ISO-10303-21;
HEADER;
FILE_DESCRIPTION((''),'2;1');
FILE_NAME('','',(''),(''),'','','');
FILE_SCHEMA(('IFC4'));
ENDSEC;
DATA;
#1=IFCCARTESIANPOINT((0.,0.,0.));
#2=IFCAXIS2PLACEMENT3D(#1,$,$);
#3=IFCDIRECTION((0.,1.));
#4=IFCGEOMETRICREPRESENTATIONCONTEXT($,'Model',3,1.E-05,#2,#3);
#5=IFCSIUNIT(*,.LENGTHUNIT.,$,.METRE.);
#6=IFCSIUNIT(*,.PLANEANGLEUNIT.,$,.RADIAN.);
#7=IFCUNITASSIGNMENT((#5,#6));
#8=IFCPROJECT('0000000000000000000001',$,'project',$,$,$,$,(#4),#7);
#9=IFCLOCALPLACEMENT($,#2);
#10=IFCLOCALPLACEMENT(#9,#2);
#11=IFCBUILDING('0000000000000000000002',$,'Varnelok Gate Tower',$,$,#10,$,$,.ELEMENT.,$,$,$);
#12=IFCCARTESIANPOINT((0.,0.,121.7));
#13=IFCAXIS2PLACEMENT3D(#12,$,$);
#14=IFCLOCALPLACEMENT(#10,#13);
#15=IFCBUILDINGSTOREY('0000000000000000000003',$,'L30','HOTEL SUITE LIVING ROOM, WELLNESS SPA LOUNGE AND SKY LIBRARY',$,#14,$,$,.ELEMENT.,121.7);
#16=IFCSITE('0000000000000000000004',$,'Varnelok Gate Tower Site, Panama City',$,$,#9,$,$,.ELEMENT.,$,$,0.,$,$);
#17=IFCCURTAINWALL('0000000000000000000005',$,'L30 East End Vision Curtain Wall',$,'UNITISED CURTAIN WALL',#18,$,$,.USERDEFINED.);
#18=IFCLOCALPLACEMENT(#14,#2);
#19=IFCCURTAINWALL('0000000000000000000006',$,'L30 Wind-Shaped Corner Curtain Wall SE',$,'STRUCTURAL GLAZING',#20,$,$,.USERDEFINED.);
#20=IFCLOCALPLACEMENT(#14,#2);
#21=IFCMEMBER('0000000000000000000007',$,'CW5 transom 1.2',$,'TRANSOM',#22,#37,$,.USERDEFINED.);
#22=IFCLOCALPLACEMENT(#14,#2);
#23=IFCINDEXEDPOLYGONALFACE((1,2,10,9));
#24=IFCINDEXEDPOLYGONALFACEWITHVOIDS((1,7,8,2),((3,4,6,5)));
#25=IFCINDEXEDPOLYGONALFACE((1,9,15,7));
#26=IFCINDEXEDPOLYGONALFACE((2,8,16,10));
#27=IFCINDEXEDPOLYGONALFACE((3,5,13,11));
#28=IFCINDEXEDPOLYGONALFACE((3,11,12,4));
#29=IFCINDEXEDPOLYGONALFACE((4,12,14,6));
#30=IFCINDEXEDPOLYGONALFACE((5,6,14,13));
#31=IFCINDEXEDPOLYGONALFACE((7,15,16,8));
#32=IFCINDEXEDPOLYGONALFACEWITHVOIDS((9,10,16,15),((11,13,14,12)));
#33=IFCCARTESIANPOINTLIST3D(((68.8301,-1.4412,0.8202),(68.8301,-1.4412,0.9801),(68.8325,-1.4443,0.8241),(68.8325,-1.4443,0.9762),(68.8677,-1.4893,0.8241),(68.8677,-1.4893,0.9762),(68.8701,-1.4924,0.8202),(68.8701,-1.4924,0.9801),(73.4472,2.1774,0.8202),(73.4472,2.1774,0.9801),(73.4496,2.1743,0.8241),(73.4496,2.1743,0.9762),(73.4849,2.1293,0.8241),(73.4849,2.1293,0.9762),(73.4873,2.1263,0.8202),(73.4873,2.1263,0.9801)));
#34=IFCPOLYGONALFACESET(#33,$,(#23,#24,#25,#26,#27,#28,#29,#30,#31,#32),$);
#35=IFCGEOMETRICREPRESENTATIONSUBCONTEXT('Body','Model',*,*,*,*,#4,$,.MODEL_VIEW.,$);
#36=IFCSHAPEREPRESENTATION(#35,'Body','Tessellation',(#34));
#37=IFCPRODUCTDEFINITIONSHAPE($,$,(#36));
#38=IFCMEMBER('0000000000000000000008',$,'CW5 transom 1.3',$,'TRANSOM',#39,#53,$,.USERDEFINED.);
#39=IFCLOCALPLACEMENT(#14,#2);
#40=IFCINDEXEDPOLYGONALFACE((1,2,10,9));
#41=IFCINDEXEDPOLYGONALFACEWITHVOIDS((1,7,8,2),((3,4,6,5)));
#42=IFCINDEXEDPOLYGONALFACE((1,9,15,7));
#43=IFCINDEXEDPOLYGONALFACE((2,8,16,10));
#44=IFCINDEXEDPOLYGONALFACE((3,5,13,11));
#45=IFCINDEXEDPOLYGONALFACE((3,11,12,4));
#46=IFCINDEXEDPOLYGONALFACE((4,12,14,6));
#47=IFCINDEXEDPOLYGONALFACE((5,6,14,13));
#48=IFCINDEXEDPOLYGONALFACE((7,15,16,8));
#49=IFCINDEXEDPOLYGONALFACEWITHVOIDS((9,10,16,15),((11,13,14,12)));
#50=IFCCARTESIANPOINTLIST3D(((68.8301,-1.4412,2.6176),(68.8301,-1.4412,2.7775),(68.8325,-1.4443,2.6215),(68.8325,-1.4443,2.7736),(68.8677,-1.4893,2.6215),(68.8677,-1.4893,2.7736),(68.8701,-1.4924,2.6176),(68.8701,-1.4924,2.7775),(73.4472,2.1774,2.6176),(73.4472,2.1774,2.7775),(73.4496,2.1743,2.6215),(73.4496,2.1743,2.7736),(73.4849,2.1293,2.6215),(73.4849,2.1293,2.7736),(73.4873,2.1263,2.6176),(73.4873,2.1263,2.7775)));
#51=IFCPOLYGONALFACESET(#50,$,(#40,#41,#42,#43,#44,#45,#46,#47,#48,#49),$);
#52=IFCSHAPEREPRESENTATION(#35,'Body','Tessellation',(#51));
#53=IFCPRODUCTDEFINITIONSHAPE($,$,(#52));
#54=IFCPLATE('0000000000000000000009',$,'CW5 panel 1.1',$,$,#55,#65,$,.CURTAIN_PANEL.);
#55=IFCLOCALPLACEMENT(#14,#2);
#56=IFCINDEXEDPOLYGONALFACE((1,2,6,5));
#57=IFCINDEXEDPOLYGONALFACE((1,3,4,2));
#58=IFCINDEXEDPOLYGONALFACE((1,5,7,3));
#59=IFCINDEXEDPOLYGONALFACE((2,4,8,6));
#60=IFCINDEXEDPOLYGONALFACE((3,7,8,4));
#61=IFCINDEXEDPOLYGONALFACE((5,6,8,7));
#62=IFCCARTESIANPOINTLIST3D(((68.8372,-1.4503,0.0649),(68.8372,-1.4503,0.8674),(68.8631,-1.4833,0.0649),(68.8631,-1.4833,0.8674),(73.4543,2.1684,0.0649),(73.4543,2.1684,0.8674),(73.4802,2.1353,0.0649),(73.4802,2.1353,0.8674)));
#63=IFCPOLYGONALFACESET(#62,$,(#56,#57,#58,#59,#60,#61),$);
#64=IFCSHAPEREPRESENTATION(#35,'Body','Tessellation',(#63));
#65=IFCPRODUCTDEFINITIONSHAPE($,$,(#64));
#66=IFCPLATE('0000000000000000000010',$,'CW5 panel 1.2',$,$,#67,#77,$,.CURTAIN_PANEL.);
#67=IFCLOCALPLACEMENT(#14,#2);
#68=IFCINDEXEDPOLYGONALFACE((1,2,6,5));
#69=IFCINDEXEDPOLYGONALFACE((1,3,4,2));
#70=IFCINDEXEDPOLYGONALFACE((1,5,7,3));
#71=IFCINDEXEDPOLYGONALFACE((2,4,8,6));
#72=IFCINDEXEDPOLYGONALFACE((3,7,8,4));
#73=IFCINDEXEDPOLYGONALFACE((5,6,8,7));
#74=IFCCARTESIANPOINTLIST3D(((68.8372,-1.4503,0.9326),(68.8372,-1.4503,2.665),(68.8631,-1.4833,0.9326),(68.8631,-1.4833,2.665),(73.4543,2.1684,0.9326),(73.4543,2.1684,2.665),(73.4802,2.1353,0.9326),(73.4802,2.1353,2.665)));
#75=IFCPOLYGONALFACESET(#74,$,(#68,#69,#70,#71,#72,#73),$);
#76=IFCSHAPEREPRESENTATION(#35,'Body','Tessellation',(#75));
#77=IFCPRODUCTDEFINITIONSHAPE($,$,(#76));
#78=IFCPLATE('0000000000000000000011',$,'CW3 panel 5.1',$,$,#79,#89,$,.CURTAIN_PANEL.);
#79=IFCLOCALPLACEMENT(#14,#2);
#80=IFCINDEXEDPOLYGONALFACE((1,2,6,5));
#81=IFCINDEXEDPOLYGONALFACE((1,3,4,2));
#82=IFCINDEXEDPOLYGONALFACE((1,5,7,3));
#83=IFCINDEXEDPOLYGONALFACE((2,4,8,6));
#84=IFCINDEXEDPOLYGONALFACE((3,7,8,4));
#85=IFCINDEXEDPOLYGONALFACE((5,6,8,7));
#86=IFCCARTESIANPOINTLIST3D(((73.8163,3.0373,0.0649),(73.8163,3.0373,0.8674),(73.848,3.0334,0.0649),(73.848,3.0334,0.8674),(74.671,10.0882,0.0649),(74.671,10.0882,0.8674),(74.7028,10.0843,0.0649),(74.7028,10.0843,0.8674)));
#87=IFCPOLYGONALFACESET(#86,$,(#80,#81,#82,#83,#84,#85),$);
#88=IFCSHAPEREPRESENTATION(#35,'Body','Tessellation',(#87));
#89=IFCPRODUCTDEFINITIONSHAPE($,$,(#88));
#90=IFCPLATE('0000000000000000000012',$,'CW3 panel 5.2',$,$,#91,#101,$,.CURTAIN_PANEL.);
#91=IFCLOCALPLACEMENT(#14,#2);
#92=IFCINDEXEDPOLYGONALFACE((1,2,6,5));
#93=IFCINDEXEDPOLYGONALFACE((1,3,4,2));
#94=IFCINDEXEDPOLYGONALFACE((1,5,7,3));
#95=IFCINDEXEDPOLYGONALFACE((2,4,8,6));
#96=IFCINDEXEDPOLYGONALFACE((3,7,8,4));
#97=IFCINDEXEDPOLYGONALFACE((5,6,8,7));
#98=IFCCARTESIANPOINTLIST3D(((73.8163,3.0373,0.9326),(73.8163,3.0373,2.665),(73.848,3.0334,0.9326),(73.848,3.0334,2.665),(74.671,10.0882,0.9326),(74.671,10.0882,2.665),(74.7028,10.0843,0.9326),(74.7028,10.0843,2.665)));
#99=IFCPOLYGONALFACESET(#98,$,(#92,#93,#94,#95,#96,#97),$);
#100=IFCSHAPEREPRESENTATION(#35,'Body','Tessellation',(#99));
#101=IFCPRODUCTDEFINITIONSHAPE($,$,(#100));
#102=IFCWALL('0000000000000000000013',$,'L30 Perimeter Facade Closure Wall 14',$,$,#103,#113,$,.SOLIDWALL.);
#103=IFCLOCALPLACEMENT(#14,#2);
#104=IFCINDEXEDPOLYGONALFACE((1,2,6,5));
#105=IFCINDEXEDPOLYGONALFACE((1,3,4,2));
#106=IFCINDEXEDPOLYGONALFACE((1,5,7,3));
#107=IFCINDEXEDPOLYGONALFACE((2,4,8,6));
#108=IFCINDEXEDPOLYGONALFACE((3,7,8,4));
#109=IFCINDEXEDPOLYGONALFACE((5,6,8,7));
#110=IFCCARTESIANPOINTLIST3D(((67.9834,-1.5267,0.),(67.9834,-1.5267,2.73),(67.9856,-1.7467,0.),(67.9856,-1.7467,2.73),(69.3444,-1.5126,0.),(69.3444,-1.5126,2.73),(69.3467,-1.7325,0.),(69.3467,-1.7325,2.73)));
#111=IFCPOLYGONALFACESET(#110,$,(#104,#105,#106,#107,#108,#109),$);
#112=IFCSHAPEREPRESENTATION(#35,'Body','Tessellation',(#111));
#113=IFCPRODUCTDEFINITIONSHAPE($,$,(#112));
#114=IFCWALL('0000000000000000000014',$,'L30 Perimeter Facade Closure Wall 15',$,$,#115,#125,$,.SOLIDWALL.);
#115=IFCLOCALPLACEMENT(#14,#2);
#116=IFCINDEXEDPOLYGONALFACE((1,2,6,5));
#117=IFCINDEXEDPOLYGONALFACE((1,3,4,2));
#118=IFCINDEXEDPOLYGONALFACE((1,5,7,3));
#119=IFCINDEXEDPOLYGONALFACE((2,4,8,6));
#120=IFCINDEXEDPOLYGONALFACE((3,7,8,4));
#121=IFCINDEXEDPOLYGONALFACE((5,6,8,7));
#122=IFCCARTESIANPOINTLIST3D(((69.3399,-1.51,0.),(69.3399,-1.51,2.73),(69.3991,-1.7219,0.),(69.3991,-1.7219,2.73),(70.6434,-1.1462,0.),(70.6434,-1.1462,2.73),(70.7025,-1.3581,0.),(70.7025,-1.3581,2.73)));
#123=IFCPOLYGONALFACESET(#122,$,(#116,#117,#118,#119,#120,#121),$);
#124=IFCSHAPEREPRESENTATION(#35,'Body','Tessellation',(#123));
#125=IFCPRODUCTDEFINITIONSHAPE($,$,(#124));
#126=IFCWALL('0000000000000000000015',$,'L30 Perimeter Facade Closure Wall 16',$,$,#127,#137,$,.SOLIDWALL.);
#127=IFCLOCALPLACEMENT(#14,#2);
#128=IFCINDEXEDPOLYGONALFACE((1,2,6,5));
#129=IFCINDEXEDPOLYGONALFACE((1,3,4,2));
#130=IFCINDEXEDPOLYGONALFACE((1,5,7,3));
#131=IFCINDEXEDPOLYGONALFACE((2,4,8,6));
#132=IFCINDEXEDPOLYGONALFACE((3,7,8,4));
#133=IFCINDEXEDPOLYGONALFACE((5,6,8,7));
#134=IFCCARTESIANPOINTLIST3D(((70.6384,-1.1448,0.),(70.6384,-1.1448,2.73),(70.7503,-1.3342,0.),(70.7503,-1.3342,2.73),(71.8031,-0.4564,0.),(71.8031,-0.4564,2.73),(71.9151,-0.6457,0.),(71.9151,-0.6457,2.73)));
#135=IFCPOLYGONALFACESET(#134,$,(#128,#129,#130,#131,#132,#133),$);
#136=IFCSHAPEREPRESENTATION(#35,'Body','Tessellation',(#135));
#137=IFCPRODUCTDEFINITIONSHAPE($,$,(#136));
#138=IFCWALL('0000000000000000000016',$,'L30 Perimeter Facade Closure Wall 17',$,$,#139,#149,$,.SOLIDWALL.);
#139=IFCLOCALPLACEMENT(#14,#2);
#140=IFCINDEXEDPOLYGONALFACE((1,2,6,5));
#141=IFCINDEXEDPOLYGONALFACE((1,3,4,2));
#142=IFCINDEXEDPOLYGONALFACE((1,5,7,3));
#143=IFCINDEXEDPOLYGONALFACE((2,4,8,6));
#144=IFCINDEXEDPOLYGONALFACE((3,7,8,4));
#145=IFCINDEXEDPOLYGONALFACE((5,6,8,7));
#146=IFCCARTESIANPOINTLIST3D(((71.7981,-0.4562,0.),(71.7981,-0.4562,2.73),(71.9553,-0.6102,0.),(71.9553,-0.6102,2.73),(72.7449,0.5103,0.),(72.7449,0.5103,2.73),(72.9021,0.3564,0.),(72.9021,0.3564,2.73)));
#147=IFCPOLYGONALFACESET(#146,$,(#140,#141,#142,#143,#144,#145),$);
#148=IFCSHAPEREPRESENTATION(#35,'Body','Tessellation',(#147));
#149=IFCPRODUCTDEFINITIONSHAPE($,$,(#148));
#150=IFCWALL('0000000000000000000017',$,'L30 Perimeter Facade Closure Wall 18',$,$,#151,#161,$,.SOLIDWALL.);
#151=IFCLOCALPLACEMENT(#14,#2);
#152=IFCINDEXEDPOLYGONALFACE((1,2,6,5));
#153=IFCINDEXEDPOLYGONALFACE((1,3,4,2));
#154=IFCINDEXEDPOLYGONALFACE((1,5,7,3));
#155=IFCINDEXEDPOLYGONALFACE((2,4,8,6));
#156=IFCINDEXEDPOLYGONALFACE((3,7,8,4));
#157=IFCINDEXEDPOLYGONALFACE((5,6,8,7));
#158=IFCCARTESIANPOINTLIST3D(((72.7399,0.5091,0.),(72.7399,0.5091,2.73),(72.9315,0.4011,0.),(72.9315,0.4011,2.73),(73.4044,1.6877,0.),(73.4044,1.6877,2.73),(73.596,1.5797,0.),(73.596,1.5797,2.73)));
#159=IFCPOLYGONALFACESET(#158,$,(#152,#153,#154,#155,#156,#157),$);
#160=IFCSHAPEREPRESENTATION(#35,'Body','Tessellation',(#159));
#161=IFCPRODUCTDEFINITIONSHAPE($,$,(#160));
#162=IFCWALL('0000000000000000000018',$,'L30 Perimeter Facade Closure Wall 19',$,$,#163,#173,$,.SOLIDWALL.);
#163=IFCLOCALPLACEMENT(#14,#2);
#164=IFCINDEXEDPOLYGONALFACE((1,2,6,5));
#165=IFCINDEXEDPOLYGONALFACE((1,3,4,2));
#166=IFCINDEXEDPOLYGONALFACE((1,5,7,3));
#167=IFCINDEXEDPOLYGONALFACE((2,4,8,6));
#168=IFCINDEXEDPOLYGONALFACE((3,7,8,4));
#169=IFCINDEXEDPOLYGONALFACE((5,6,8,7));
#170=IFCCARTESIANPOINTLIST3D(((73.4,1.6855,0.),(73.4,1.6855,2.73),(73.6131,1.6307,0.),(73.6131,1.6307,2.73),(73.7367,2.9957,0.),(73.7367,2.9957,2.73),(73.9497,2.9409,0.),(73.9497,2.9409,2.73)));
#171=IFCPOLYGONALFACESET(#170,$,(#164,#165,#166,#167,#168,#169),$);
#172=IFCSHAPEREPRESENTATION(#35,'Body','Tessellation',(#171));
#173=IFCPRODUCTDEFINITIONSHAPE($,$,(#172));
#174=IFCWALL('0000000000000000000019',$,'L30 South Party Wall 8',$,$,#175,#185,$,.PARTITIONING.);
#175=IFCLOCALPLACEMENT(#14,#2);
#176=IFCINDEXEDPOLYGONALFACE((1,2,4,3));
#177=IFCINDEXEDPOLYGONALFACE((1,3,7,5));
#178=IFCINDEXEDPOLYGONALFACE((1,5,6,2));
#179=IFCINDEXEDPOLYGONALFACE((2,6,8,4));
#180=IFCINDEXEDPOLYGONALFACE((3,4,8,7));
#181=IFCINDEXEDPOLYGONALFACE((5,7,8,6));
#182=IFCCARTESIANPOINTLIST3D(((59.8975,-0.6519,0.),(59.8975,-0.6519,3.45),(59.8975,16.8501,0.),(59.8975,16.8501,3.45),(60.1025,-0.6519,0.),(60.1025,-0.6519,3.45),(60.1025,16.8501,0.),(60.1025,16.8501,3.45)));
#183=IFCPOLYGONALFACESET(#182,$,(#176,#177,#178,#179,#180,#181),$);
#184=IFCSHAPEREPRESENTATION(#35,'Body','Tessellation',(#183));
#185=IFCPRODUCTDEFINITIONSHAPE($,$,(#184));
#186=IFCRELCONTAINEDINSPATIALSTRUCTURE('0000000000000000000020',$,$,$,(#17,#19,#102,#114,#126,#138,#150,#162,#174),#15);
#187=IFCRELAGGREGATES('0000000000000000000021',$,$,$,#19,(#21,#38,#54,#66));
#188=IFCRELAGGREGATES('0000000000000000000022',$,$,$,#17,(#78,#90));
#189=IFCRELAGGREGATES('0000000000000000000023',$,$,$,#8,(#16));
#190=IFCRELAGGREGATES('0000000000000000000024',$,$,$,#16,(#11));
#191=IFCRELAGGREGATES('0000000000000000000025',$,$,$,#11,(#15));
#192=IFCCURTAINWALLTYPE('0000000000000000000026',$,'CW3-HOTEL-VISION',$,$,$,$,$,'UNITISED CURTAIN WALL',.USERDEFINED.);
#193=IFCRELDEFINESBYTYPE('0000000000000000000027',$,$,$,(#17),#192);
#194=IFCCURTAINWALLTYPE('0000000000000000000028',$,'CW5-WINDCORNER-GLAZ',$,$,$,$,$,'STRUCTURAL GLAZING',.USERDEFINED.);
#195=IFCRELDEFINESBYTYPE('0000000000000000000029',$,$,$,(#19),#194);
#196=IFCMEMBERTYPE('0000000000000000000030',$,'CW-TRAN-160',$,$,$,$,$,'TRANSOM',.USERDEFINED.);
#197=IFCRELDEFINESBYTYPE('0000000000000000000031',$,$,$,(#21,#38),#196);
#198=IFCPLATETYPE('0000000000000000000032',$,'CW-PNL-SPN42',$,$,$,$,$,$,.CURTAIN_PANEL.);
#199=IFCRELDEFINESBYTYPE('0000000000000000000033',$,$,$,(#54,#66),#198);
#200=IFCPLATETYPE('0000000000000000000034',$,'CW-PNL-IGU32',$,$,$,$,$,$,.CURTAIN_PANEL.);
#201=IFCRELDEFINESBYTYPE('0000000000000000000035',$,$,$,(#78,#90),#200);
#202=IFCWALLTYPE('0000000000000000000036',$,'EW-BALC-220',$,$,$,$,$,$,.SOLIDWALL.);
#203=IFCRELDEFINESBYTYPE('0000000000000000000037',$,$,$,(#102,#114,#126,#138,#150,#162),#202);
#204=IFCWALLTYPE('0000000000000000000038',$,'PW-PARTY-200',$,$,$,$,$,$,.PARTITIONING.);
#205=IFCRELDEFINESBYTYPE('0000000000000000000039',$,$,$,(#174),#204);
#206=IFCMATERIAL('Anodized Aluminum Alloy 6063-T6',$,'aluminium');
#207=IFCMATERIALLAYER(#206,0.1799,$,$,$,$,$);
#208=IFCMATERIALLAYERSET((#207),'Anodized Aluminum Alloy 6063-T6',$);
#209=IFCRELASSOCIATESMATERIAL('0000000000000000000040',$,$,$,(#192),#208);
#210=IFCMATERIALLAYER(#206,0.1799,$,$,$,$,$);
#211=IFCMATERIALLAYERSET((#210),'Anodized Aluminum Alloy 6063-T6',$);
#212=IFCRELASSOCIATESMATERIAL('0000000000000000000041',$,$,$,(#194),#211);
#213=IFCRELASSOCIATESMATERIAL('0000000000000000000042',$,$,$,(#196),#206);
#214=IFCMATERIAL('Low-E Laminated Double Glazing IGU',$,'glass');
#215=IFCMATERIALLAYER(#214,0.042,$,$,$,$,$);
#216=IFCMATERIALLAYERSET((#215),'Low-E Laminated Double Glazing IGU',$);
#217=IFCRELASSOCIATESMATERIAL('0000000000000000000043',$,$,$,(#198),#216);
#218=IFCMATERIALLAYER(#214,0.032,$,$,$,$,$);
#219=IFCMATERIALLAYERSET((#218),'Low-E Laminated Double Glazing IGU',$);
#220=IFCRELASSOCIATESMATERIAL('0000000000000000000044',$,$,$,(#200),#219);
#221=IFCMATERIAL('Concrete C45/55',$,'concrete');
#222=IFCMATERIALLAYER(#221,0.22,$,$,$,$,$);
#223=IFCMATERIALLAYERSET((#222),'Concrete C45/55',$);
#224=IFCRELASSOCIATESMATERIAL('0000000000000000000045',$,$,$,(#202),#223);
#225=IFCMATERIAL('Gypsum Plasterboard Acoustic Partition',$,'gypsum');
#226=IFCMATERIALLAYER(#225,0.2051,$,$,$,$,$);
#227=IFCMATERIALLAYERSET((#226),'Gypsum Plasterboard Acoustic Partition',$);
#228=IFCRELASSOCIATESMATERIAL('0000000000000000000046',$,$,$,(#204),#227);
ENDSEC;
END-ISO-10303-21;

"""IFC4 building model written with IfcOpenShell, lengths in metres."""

from ifc_helpers import new_model, si_unit, direction, frame, frame_2d, origin, origin_2d, place, context, subcontext, project, spatial, rectangle, hollow_rectangle, extrude, source, transform, mapped, material, layer, layer_set, material_profile, profile_set, type_object, element, aggregate, save


model = new_model("IFC4")

# Units and contexts
model_context = context("Model", 3, precision=1e-05, world=origin(), true_north=direction((0.0, 1.0)))
body_context = subcontext(model_context, "Body", "Model", "MODEL_VIEW")
ifc_project = project(units=[si_unit("LENGTHUNIT", "METRE"), si_unit("PLANEANGLEUNIT", "RADIAN")], contexts=[model_context])

# Site, building, storey
site_placement = place(None, origin())
site = spatial("IfcSite", under=ifc_project, at=site_placement, Name="Varnelok Gate Tower Site, Panama City", CompositionType="ELEMENT", RefElevation=0.0)
building_placement = place(site_placement, origin())
building = spatial("IfcBuilding", under=site, at=building_placement, Name="Varnelok Gate Tower", CompositionType="ELEMENT")
storey_placement = place(building_placement, frame((0.0, 0.0, 121.7)))
storey = spatial("IfcBuildingStorey", under=building, at=storey_placement, Name="L30", Description="HOTEL SUITE LIVING ROOM, WELLNESS SPA LOUNGE AND SKY LIBRARY", CompositionType="ELEMENT", Elevation=121.7)

# Curtain walls
ifc_material_1 = material(Name="Anodized Aluminum Alloy 6063-T6", Category="aluminium")
ifc_layer_1 = layer(ifc_material_1, 0.1799)
ifc_layer_set_1 = layer_set([ifc_layer_1], Name="Anodized Aluminum Alloy 6063-T6")
curtain_wall_type_1 = type_object("IfcCurtainWallType", Name="CW3-HOTEL-VISION", ElementType="UNITISED CURTAIN WALL", PredefinedType="USERDEFINED", material=ifc_layer_set_1)
curtain_wall_1_placement = place(storey_placement, origin())
curtain_wall_1 = element("IfcCurtainWall", 1, at=curtain_wall_1_placement, inside=storey, type_object=curtain_wall_type_1, Name="L30 East End Vision Curtain Wall", ObjectType="UNITISED CURTAIN WALL", PredefinedType="USERDEFINED")
ifc_layer_2 = layer(ifc_material_1, 0.1799)
ifc_layer_set_2 = layer_set([ifc_layer_2], Name="Anodized Aluminum Alloy 6063-T6")
curtain_wall_type_2 = type_object("IfcCurtainWallType", Name="CW5-WINDCORNER-GLAZ", ElementType="STRUCTURAL GLAZING", PredefinedType="USERDEFINED", material=ifc_layer_set_2)
curtain_wall_2_placement = place(storey_placement, origin())
curtain_wall_2 = element("IfcCurtainWall", 2, at=curtain_wall_2_placement, inside=storey, type_object=curtain_wall_type_2, Name="L30 Wind-Shaped Corner Curtain Wall SE", ObjectType="STRUCTURAL GLAZING", PredefinedType="USERDEFINED")

# Members
ifc_material_profile_1 = material_profile(ifc_material_1, hollow_rectangle(XDim=0.0649, YDim=0.1599, WallThickness=0.0039, at=origin_2d()), Name="ALU160X65X4")
ifc_profile_set_1 = profile_set([ifc_material_profile_1], Name="Anodized Aluminum Alloy 6063-T6")
member_type_1 = type_object("IfcMemberType", Name="CW-TRAN-160", ElementType="TRANSOM", PredefinedType="USERDEFINED", material=ifc_profile_set_1)
member_1_placement = place(storey_placement, frame((68.8501, -1.4668, 0.9001), z_axis=(0.787074, 0.616858, 0.0), x_axis=(-0.616858, 0.787074, 0.0)))
member_1 = element("IfcMember", 3, at=member_1_placement, type_object=member_type_1, Name="CW5 transom 1.2", ObjectType="TRANSOM", PredefinedType="USERDEFINED", context=body_context, shape_type="SweptSolid", body=[
    extrude(hollow_rectangle(XDim=0.0649, YDim=0.1599, WallThickness=0.0039, at=origin_2d()), origin(), (0.0, 0.0, 1.0), 5.8662),
])
member_2_placement = place(storey_placement, frame((68.8501, -1.4668, 2.6975), z_axis=(0.787074, 0.616858, 0.0), x_axis=(-0.616858, 0.787074, 0.0)))
member_2 = element("IfcMember", 4, at=member_2_placement, type_object=member_type_1, Name="CW5 transom 1.3", ObjectType="TRANSOM", PredefinedType="USERDEFINED", context=body_context, shape_type="SweptSolid", body=[
    extrude(hollow_rectangle(XDim=0.0649, YDim=0.1599, WallThickness=0.0039, at=origin_2d()), origin(), (0.0, 0.0, 1.0), 5.8662),
])

# Plates
ifc_material_2 = material(Name="Low-E Laminated Double Glazing IGU", Category="glass")
ifc_layer_3 = layer(ifc_material_2, 0.042)
ifc_layer_set_3 = layer_set([ifc_layer_3], Name="Low-E Laminated Double Glazing IGU")
plate_type_1 = type_object("IfcPlateType", Name="CW-PNL-SPN42", PredefinedType="CURTAIN_PANEL", material=ifc_layer_set_3)
shared_shape_1 = source(origin(), body_context, "Body", "SweptSolid", [
    extrude(rectangle(XDim=5.8662, YDim=0.042, at=origin_2d()), origin(), (0.0, 0.0, 1.0), 0.8025),
])
plate_1_placement = place(storey_placement, frame((71.1587, 0.3425, 0.0649), z_axis=(0.0, 0.0, 1.0), x_axis=(0.787069, 0.616864, 0.0)))
plate_1 = element("IfcPlate", 5, at=plate_1_placement, type_object=plate_type_1, Name="CW5 panel 1.1", PredefinedType="CURTAIN_PANEL", context=body_context, shape_type="MappedRepresentation", body=[
    mapped(shared_shape_1, transform((0.0, 0.0, 0.0), scale=1.0)),
])
shared_shape_2 = source(origin(), body_context, "Body", "SweptSolid", [
    extrude(rectangle(XDim=5.8662, YDim=0.042, at=origin_2d()), origin(), (0.0, 0.0, 1.0), 1.7324),
])
plate_2_placement = place(storey_placement, frame((71.1587, 0.3425, 0.9326), z_axis=(0.0, 0.0, 1.0), x_axis=(0.787069, 0.616864, 0.0)))
plate_2 = element("IfcPlate", 6, at=plate_2_placement, type_object=plate_type_1, Name="CW5 panel 1.2", PredefinedType="CURTAIN_PANEL", context=body_context, shape_type="MappedRepresentation", body=[
    mapped(shared_shape_2, transform((0.0, 0.0, 0.0), scale=1.0)),
])
aggregate(curtain_wall_2, [member_1, member_2, plate_1, plate_2])
ifc_layer_4 = layer(ifc_material_2, 0.032)
ifc_layer_set_4 = layer_set([ifc_layer_4], Name="Low-E Laminated Double Glazing IGU")
plate_type_2 = type_object("IfcPlateType", Name="CW-PNL-IGU32", PredefinedType="CURTAIN_PANEL", material=ifc_layer_set_4)
shared_shape_3 = source(origin(), body_context, "Body", "SweptSolid", [
    extrude(rectangle(XDim=7.1025, YDim=0.032, at=origin_2d()), origin(), (0.0, 0.0, 1.0), 0.8025),
])
plate_3_placement = place(storey_placement, frame((74.2595, 6.5608, 0.0649), z_axis=(0.0, 0.0, 1.0), x_axis=(-0.120347, -0.992732, 0.0)))
plate_3 = element("IfcPlate", 7, at=plate_3_placement, type_object=plate_type_2, Name="CW3 panel 5.1", PredefinedType="CURTAIN_PANEL", context=body_context, shape_type="MappedRepresentation", body=[
    mapped(shared_shape_3, transform((0.0, 0.0, 0.0), scale=1.0)),
])
shared_shape_4 = source(origin(), body_context, "Body", "SweptSolid", [
    extrude(rectangle(XDim=7.1025, YDim=0.032, at=origin_2d()), origin(), (0.0, 0.0, 1.0), 1.7324),
])
plate_4_placement = place(storey_placement, frame((74.2595, 6.5608, 0.9326), z_axis=(0.0, 0.0, 1.0), x_axis=(-0.120347, -0.992732, 0.0)))
plate_4 = element("IfcPlate", 8, at=plate_4_placement, type_object=plate_type_2, Name="CW3 panel 5.2", PredefinedType="CURTAIN_PANEL", context=body_context, shape_type="MappedRepresentation", body=[
    mapped(shared_shape_4, transform((0.0, 0.0, 0.0), scale=1.0)),
])
aggregate(curtain_wall_1, [plate_3, plate_4])

# Walls
ifc_material_3 = material(Name="Concrete C45/55", Category="concrete")
ifc_layer_5 = layer(ifc_material_3, 0.22)
ifc_layer_set_5 = layer_set([ifc_layer_5], Name="Concrete C45/55")
wall_type_1 = type_object("IfcWallType", Name="EW-BALC-220", PredefinedType="SOLIDWALL", material=ifc_layer_set_5)
wall_1_placement = place(storey_placement, frame((67.9844, -1.6367, 0.0), z_axis=(0.0, 0.0, 1.0), x_axis=(0.999946, 0.010403, 0.0)))
element("IfcWall", 9, at=wall_1_placement, inside=storey, type_object=wall_type_1, Name="L30 Perimeter Facade Closure Wall 14", PredefinedType="SOLIDWALL", context=body_context, shape_type="SweptSolid", body=[
    extrude(rectangle(XDim=1.3611, YDim=0.22, at=frame_2d((0.6807, 0.0))), origin(), (0.0, 0.0, 1.0), 2.73),
])
wall_2_placement = place(storey_placement, frame((69.3694, -1.616, 0.0), z_axis=(0.0, 0.0, 1.0), x_axis=(0.963194, 0.268807, 0.0)))
element("IfcWall", 10, at=wall_2_placement, inside=storey, type_object=wall_type_1, Name="L30 Perimeter Facade Closure Wall 15", PredefinedType="SOLIDWALL", context=body_context, shape_type="SweptSolid", body=[
    extrude(rectangle(XDim=1.3533, YDim=0.22, at=frame_2d((0.6768, 0.0))), origin(), (0.0, 0.0, 1.0), 2.73),
])
for number, where, z_axis, x_axis, name in (
    (11, (70.6943, -1.2395, 0.0), (0.0, 0.0, 1.0), (0.860865, 0.508833, 0.0), "L30 Perimeter Facade Closure Wall 16"),
    (12, (71.8767, -0.5332, 0.0), (0.0, 0.0, 1.0), (0.699761, 0.714377, 0.0), "L30 Perimeter Facade Closure Wall 17"),
    (13, (72.8357, 0.4551, 0.0), (0.0, 0.0, 1.0), (0.491118, 0.871093, 0.0), "L30 Perimeter Facade Closure Wall 18"),
):
    element("IfcWall", number, at=place(storey_placement, frame(where, z_axis=z_axis, x_axis=x_axis)), inside=storey, type_object=wall_type_1, Name=name, PredefinedType="SOLIDWALL", context=body_context, shape_type="SweptSolid", body=[
        extrude(rectangle(XDim=1.353, YDim=0.22, at=frame_2d((0.6765, 0.0))), origin(), (0.0, 0.0, 1.0), 2.73),
    ])
wall_3_placement = place(storey_placement, frame((73.5066, 1.6582, 0.0), z_axis=(0.0, 0.0, 1.0), x_axis=(0.248857, 0.96854, 0.0)))
element("IfcWall", 14, at=wall_3_placement, inside=storey, type_object=wall_type_1, Name="L30 Perimeter Facade Closure Wall 19", PredefinedType="SOLIDWALL", context=body_context, shape_type="SweptSolid", body=[
    extrude(rectangle(XDim=1.3528, YDim=0.22, at=frame_2d((0.6763, 0.0))), origin(), (0.0, 0.0, 1.0), 2.73),
])
ifc_material_4 = material(Name="Gypsum Plasterboard Acoustic Partition", Category="gypsum")
ifc_layer_6 = layer(ifc_material_4, 0.2051)
ifc_layer_set_6 = layer_set([ifc_layer_6], Name="Gypsum Plasterboard Acoustic Partition")
wall_type_2 = type_object("IfcWallType", Name="PW-PARTY-200", PredefinedType="PARTITIONING", material=ifc_layer_set_6)
wall_4_placement = place(storey_placement, frame((60.0, -0.6519, 0.0), z_axis=(0.0, 0.0, 1.0), x_axis=(0.0, 1.0, 0.0)))
element("IfcWall", 15, at=wall_4_placement, inside=storey, type_object=wall_type_2, Name="L30 South Party Wall 8", PredefinedType="PARTITIONING", context=body_context, shape_type="SweptSolid", body=[
    extrude(rectangle(XDim=17.502, YDim=0.2051, at=frame_2d((8.751, 0.0))), origin(), (0.0, 0.0, 1.0), 3.45),
])

save(model, "model.ifc")
